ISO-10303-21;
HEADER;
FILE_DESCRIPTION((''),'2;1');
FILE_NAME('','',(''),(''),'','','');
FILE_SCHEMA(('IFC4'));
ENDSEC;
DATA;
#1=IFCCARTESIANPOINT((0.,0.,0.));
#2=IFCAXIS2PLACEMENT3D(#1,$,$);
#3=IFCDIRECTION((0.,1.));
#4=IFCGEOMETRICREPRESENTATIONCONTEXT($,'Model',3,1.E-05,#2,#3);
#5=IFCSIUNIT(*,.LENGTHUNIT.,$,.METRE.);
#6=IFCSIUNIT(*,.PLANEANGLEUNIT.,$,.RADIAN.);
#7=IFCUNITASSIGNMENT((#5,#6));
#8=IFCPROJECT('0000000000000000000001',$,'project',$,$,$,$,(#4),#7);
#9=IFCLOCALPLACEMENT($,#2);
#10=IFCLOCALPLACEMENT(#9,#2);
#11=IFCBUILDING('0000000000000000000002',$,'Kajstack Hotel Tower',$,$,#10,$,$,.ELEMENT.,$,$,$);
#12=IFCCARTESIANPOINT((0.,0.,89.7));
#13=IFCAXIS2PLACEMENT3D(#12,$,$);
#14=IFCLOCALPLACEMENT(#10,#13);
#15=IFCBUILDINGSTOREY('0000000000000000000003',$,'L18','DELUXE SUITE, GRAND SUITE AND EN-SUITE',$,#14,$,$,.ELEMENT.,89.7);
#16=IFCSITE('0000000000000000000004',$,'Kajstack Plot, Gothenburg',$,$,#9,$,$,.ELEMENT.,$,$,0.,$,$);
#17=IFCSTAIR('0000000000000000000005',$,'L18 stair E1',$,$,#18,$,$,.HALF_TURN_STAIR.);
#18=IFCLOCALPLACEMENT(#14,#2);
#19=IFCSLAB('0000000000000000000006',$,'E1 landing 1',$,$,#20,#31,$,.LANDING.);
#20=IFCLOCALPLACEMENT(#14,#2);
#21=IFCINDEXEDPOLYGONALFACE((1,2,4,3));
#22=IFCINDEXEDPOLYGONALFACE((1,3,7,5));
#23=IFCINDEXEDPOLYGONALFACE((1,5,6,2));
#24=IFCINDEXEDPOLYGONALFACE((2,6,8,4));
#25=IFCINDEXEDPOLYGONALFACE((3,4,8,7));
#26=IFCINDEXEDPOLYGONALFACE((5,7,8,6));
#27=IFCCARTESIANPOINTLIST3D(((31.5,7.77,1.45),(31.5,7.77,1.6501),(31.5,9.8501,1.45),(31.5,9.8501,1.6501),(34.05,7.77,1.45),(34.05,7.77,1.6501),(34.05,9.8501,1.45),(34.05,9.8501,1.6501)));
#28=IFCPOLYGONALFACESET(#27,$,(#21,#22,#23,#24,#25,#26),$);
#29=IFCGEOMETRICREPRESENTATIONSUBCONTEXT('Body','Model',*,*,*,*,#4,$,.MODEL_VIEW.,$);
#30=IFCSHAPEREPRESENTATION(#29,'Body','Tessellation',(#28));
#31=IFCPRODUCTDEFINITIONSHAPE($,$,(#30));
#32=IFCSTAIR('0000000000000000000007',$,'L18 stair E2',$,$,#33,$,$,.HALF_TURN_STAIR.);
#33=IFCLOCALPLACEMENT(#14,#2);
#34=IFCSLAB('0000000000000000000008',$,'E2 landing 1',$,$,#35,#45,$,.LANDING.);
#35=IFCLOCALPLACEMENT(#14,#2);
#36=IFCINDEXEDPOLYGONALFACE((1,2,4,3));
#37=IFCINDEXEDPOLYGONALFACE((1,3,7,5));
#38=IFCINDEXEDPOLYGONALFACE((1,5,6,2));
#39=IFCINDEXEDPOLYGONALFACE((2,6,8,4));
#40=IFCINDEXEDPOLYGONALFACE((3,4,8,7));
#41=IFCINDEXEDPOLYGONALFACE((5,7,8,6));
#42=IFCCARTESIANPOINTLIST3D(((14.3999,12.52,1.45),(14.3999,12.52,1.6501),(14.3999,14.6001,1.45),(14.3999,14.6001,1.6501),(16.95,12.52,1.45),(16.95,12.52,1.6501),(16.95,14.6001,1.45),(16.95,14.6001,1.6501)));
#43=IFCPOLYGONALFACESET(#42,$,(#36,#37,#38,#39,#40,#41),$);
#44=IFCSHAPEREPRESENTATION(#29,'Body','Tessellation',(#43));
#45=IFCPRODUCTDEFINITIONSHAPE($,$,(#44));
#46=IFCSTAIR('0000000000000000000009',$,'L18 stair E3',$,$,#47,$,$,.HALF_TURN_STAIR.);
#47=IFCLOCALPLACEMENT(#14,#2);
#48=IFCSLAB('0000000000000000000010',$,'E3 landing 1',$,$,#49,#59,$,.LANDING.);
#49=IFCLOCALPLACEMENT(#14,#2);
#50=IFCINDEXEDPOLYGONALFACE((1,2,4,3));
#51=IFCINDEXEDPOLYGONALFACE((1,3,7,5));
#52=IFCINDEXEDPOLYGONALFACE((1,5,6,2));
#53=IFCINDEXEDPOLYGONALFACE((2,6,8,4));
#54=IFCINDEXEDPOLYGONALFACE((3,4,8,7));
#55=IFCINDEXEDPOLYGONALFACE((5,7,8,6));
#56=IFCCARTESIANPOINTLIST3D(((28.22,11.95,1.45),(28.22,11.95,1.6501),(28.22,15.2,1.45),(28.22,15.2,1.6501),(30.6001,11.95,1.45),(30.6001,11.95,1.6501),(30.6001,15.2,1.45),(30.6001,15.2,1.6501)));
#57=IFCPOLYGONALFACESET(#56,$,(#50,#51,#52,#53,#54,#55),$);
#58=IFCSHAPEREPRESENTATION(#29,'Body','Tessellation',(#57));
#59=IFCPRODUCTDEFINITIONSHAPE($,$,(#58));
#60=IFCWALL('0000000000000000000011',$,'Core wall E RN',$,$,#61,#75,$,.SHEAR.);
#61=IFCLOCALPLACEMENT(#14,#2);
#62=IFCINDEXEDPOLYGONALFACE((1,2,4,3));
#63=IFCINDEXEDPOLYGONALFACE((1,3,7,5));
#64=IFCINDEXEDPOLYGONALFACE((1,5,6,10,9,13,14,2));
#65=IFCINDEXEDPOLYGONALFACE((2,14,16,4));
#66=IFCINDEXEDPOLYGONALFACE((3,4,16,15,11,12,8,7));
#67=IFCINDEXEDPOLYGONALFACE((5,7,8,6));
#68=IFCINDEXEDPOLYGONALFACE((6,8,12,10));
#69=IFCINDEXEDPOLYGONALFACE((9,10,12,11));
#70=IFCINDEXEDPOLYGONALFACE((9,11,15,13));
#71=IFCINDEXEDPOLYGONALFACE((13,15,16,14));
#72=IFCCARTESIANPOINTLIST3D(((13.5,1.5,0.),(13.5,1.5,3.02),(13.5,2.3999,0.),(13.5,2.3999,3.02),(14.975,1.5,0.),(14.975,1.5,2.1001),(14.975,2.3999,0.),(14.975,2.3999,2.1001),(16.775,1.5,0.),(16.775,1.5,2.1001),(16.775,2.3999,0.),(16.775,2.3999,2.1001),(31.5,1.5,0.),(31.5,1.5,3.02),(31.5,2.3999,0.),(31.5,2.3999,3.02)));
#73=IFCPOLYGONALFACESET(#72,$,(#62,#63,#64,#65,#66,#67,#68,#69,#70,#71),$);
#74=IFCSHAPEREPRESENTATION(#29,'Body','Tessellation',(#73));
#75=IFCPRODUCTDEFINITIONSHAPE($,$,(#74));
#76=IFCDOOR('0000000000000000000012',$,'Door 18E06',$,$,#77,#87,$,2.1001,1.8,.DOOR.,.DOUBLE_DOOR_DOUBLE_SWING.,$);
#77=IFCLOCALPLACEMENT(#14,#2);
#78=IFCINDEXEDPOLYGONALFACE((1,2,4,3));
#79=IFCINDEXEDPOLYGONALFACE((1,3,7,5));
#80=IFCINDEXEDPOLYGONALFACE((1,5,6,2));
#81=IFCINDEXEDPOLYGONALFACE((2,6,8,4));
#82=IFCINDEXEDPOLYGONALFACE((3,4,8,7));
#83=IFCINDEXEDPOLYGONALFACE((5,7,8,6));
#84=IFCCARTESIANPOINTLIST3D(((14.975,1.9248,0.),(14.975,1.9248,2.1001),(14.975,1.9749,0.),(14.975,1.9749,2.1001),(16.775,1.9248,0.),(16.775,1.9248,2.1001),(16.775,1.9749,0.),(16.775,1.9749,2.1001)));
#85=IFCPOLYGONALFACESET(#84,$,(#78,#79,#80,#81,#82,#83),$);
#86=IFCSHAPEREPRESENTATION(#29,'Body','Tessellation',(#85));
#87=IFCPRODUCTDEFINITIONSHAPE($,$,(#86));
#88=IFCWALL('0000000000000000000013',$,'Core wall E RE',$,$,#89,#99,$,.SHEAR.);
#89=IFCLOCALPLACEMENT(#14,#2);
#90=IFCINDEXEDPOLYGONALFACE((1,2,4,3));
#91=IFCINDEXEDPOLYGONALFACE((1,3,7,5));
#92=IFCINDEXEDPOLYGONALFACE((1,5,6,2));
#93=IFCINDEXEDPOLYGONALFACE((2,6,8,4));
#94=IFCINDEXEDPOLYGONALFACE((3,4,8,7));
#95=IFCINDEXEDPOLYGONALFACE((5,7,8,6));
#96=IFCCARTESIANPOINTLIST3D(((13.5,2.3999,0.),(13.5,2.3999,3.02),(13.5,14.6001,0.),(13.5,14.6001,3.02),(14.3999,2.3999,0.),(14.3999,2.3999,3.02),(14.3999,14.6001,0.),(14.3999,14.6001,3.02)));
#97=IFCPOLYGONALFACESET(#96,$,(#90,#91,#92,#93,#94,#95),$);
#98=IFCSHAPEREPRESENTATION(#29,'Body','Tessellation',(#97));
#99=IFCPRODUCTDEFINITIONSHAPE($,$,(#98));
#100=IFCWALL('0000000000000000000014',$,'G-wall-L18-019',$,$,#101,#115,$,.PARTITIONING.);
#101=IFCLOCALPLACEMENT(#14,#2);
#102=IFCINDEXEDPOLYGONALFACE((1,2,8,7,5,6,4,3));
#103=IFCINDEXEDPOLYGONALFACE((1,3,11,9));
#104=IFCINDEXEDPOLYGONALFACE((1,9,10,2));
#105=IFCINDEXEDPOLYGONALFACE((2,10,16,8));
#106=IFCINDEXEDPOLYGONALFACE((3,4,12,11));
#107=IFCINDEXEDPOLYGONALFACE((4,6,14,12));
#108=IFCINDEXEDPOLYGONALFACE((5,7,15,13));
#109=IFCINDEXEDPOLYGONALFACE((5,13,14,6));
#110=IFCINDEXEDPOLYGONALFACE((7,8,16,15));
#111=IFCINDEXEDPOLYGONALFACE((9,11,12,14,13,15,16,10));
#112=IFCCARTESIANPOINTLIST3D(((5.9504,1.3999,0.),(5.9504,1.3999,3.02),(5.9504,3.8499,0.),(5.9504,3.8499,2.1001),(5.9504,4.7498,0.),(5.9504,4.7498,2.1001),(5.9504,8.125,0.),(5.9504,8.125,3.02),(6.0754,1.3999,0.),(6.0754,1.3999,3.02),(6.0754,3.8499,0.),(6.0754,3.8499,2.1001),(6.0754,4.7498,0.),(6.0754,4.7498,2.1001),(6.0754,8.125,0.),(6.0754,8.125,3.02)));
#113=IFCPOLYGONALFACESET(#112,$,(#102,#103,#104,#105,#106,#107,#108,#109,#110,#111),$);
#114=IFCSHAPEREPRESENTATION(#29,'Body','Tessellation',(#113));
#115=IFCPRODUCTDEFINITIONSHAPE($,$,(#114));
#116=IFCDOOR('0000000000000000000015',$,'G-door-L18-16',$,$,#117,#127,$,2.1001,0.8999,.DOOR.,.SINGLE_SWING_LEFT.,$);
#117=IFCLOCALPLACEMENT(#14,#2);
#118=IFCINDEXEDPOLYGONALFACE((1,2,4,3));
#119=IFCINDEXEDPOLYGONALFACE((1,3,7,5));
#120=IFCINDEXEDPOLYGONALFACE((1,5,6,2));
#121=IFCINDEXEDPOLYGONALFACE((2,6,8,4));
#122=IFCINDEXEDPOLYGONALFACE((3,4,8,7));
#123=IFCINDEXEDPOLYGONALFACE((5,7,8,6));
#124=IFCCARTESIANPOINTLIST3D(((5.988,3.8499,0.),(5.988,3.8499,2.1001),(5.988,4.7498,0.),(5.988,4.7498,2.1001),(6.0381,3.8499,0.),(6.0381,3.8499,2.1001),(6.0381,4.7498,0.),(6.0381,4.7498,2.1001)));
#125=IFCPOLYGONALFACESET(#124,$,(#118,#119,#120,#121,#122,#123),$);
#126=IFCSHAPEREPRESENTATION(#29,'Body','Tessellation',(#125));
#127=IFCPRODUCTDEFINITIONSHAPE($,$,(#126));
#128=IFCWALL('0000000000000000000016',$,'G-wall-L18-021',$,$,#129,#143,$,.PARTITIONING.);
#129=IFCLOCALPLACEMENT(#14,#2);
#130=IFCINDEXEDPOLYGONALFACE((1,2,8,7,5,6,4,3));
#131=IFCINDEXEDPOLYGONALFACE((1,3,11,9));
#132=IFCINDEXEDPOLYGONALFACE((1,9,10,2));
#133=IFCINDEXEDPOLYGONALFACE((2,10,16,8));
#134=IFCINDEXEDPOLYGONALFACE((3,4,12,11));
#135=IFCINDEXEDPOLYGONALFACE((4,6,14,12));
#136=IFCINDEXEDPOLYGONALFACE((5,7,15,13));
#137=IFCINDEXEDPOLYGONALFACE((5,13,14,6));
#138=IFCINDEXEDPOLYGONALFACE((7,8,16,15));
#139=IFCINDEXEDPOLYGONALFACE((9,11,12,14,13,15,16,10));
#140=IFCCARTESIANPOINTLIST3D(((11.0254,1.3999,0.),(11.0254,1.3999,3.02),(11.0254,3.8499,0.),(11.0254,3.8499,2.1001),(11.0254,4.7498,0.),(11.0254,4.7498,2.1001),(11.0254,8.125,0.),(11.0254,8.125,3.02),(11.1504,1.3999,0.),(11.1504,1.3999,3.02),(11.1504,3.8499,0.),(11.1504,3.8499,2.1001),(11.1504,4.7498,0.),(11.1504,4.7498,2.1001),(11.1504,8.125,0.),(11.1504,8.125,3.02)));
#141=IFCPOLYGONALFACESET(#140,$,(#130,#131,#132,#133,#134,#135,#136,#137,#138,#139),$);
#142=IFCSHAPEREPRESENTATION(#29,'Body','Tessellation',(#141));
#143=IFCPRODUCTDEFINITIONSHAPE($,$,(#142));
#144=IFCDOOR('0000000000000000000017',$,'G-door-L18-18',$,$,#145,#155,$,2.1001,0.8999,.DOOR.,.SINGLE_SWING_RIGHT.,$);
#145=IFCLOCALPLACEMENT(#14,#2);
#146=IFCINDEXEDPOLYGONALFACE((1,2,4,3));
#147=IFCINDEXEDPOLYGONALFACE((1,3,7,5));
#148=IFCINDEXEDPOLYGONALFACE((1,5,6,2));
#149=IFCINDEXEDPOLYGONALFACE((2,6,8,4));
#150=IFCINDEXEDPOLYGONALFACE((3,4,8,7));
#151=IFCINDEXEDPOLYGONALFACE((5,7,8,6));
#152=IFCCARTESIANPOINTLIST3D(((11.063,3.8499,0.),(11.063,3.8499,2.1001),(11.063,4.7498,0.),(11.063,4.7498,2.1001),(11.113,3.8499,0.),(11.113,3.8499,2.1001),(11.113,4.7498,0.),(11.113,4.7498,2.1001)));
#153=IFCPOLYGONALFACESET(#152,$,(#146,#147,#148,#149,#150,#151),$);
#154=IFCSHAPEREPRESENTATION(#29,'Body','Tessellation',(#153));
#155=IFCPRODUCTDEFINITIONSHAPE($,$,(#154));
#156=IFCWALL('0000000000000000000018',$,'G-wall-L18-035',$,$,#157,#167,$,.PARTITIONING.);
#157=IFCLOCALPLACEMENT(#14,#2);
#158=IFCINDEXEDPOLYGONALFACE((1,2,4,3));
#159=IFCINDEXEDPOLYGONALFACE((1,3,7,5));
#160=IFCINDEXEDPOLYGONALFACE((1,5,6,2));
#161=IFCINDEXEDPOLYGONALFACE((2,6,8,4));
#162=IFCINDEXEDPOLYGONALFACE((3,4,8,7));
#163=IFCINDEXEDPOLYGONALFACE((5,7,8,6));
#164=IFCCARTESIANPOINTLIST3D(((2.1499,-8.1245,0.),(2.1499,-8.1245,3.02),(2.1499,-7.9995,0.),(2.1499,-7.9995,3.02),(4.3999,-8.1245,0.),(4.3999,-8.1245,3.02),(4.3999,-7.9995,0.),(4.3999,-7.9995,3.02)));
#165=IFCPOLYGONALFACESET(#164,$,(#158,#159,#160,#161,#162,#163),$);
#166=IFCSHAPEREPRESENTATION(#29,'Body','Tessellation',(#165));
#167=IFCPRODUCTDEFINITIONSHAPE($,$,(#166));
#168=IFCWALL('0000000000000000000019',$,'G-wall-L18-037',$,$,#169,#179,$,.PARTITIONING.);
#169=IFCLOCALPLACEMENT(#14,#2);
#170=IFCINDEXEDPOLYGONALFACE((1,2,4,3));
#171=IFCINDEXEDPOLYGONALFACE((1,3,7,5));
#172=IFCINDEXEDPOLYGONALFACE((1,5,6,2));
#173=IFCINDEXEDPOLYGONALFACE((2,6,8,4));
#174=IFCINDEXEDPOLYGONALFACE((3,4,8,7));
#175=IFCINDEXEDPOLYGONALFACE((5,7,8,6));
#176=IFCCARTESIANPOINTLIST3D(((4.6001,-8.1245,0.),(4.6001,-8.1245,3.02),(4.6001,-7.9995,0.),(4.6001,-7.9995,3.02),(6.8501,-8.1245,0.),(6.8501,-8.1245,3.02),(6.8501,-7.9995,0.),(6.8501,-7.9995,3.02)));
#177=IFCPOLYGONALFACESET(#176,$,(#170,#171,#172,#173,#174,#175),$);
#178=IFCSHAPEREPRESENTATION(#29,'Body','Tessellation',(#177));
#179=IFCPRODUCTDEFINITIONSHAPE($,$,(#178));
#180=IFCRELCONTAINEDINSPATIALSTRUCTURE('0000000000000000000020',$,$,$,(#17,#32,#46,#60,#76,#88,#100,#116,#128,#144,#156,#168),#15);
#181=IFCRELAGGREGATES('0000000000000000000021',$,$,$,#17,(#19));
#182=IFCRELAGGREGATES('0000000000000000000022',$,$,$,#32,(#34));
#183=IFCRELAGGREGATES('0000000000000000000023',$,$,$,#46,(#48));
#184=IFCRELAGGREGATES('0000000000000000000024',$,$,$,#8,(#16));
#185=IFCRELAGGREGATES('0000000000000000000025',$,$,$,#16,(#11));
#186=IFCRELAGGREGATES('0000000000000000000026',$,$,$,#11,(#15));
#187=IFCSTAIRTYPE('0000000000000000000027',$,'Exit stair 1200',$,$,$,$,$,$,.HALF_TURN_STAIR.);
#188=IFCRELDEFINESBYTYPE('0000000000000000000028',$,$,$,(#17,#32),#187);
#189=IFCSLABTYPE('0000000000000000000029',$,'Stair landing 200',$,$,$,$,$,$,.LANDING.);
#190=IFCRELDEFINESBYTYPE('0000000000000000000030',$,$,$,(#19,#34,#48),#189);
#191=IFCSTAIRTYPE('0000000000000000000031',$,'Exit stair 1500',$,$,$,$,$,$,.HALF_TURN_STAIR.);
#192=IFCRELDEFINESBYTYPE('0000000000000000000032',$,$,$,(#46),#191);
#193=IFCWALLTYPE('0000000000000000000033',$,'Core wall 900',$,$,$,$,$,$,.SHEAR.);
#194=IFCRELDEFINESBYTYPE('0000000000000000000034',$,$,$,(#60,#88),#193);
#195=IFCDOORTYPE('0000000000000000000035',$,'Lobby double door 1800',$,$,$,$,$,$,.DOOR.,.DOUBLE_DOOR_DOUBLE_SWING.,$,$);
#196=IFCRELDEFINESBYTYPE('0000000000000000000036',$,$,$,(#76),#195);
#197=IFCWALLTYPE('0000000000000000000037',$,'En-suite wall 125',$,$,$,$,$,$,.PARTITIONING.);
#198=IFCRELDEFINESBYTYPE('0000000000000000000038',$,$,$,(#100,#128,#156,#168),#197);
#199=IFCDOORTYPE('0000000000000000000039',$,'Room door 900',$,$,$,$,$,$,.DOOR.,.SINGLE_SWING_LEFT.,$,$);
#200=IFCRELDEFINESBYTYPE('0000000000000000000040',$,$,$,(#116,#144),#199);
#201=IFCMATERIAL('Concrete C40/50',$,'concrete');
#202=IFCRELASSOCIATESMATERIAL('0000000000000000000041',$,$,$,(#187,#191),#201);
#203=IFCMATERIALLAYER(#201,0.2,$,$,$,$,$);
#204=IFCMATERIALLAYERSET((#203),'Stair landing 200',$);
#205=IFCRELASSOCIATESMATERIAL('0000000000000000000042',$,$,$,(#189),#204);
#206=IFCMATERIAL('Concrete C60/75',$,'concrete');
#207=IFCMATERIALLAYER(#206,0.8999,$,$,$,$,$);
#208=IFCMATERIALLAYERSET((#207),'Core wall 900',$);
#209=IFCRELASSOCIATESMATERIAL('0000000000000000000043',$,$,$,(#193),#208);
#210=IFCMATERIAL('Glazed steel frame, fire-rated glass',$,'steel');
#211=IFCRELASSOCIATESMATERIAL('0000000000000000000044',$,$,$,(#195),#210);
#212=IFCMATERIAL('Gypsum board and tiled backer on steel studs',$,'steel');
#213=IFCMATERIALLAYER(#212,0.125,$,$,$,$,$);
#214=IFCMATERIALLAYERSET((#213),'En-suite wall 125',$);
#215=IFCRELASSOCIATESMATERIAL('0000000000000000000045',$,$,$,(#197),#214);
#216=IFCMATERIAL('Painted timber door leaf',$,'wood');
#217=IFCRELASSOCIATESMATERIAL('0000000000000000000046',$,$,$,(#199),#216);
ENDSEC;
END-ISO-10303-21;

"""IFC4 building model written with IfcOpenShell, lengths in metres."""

from ifc_helpers import new_model, si_unit, direction, frame, frame_2d, origin, place, context, subcontext, project, spatial, polyline, rectangle, outline, extrude, material, layer, layer_set, type_object, element, fill, aggregate, save


model = new_model("IFC4")

# Units and contexts
model_context = context("Model", 3, precision=1e-05, world=origin(), true_north=direction((0.0, 1.0)))
body_context = subcontext(model_context, "Body", "Model", "MODEL_VIEW")
ifc_project = project(units=[si_unit("LENGTHUNIT", "METRE"), si_unit("PLANEANGLEUNIT", "RADIAN")], contexts=[model_context])

# Site, building, storey
site_placement = place(None, origin())
site = spatial("IfcSite", under=ifc_project, at=site_placement, Name="Kajstack Plot, Gothenburg", CompositionType="ELEMENT", RefElevation=0.0)
building_placement = place(site_placement, origin())
building = spatial("IfcBuilding", under=site, at=building_placement, Name="Kajstack Hotel Tower", CompositionType="ELEMENT")
storey_placement = place(building_placement, frame((0.0, 0.0, 89.7)))
storey = spatial("IfcBuildingStorey", under=building, at=storey_placement, Name="L18", Description="DELUXE SUITE, GRAND SUITE AND EN-SUITE", CompositionType="ELEMENT", Elevation=89.7)

# Stairs, slabs
ifc_material_1 = material(Name="Concrete C40/50", Category="concrete")
stair_type_1 = type_object("IfcStairType", Name="Exit stair 1200", PredefinedType="HALF_TURN_STAIR", material=ifc_material_1)
stair_1_placement = place(storey_placement, origin())
stair_1 = element("IfcStair", 1, at=stair_1_placement, inside=storey, type_object=stair_type_1, Name="L18 stair E1", PredefinedType="HALF_TURN_STAIR")
ifc_layer_1 = layer(ifc_material_1, 0.2)
ifc_layer_set_1 = layer_set([ifc_layer_1], Name="Stair landing 200")
slab_type = type_object("IfcSlabType", Name="Stair landing 200", PredefinedType="LANDING", material=ifc_layer_set_1)
slab_1_placement = place(storey_placement, frame((0.0, 0.0, 1.45)))
slab_1 = element("IfcSlab", 2, at=slab_1_placement, type_object=slab_type, Name="E1 landing 1", PredefinedType="LANDING", context=body_context, shape_type="SweptSolid", body=[
    extrude(outline(polyline([(34.05, 7.77), (34.05, 9.8501), (31.5, 9.8501), (31.5, 7.77), (34.05, 7.77)])), origin(), (0.0, 0.0, 1.0), 0.2002),
])
aggregate(stair_1, [slab_1])
stair_2_placement = place(storey_placement, origin())
stair_2 = element("IfcStair", 3, at=stair_2_placement, inside=storey, type_object=stair_type_1, Name="L18 stair E2", PredefinedType="HALF_TURN_STAIR")
slab_2_placement = place(storey_placement, frame((0.0, 0.0, 1.45)))
slab_2 = element("IfcSlab", 4, at=slab_2_placement, type_object=slab_type, Name="E2 landing 1", PredefinedType="LANDING", context=body_context, shape_type="SweptSolid", body=[
    extrude(outline(polyline([(16.95, 12.52), (16.95, 14.6001), (14.3999, 14.6001), (14.3999, 12.52), (16.95, 12.52)])), origin(), (0.0, 0.0, 1.0), 0.2002),
])
aggregate(stair_2, [slab_2])
stair_type_2 = type_object("IfcStairType", Name="Exit stair 1500", PredefinedType="HALF_TURN_STAIR", material=ifc_material_1)
stair_3_placement = place(storey_placement, origin())
stair_3 = element("IfcStair", 5, at=stair_3_placement, inside=storey, type_object=stair_type_2, Name="L18 stair E3", PredefinedType="HALF_TURN_STAIR")
slab_3_placement = place(storey_placement, frame((0.0, 0.0, 1.45)))
slab_3 = element("IfcSlab", 6, at=slab_3_placement, type_object=slab_type, Name="E3 landing 1", PredefinedType="LANDING", context=body_context, shape_type="SweptSolid", body=[
    extrude(outline(polyline([(28.22, 11.95), (30.6001, 11.95), (30.6001, 15.2), (28.22, 15.2), (28.22, 11.95)])), origin(), (0.0, 0.0, 1.0), 0.2002),
])
aggregate(stair_3, [slab_3])

# Wall, opening, door
ifc_material_2 = material(Name="Concrete C60/75", Category="concrete")
ifc_layer_2 = layer(ifc_material_2, 0.8999)
ifc_layer_set_2 = layer_set([ifc_layer_2], Name="Core wall 900")
wall_type_1 = type_object("IfcWallType", Name="Core wall 900", PredefinedType="SHEAR", material=ifc_layer_set_2)
wall_1_placement = place(storey_placement, frame((13.5, 1.95, 0.0), z_axis=(0.0, 0.0, 1.0), x_axis=(1.0, 0.0, 0.0)))
wall_1 = element("IfcWall", 7, at=wall_1_placement, inside=storey, type_object=wall_type_1, Name="Core wall E RN", PredefinedType="SHEAR", context=body_context, shape_type="SweptSolid", body=[
    extrude(rectangle(XDim=18.0, YDim=0.8999, at=frame_2d((9.0, 0.0))), origin(), (0.0, 0.0, 1.0), 3.02),
])
opening_1_placement = place(wall_1_placement, frame((1.4751, 0.0, 0.0)))
opening_1 = element("IfcOpeningElement", 8, at=opening_1_placement, cuts=wall_1, PredefinedType="OPENING", context=body_context, shape_type="SweptSolid", body=[
    extrude(rectangle(XDim=1.8, YDim=2.1001, at=frame_2d((0.8999, 1.05))), frame((0.0, 0.46, 0.0), z_axis=(0.0, -1.0, 0.0), x_axis=(1.0, 0.0, 0.0)), (0.0, 0.0, 1.0), 0.9199),
])
ifc_material_3 = material(Name="Glazed steel frame, fire-rated glass", Category="steel")
door_type_1 = type_object("IfcDoorType", Name="Lobby double door 1800", OperationType="DOUBLE_DOOR_DOUBLE_SWING", PredefinedType="DOOR", material=ifc_material_3)
door_1_placement = place(opening_1_placement, origin())
door_1 = element("IfcDoor", 9, at=door_1_placement, inside=storey, type_object=door_type_1, Name="Door 18E06", OperationType="DOUBLE_DOOR_DOUBLE_SWING", OverallHeight=2.1001, OverallWidth=1.8, PredefinedType="DOOR", context=body_context, shape_type="SweptSolid", body=[
    extrude(rectangle(XDim=1.8, YDim=2.1001, at=frame_2d((0.8999, 1.05))), frame((0.0, 0.0249, 0.0), z_axis=(0.0, -1.0, 0.0), x_axis=(1.0, 0.0, 0.0)), (0.0, 0.0, 1.0), 0.05),
])
fill(opening_1, door_1)

# Wall
wall_2_placement = place(storey_placement, frame((13.95, 2.3999, 0.0), z_axis=(0.0, 0.0, 1.0), x_axis=(0.0, 1.0, 0.0)))
element("IfcWall", 10, at=wall_2_placement, inside=storey, type_object=wall_type_1, Name="Core wall E RE", PredefinedType="SHEAR", context=body_context, shape_type="SweptSolid", body=[
    extrude(rectangle(XDim=12.2002, YDim=0.8999, at=frame_2d((6.1001, 0.0))), origin(), (0.0, 0.0, 1.0), 3.02),
])

# Walls, openings, doors
ifc_material_4 = material(Name="Gypsum board and tiled backer on steel studs", Category="steel")
ifc_layer_3 = layer(ifc_material_4, 0.125)
ifc_layer_set_3 = layer_set([ifc_layer_3], Name="En-suite wall 125")
wall_type_2 = type_object("IfcWallType", Name="En-suite wall 125", PredefinedType="PARTITIONING", material=ifc_layer_set_3)
wall_3_placement = place(storey_placement, frame((6.0129, 1.3999, 0.0), z_axis=(0.0, 0.0, 1.0), x_axis=(0.0, 1.0, 0.0)))
wall_3 = element("IfcWall", 11, at=wall_3_placement, inside=storey, type_object=wall_type_2, Name="G-wall-L18-019", PredefinedType="PARTITIONING", context=body_context, shape_type="SweptSolid", body=[
    extrude(rectangle(XDim=6.7251, YDim=0.125, at=frame_2d((3.3625, 0.0))), origin(), (0.0, 0.0, 1.0), 3.02),
])
opening_2_placement = place(wall_3_placement, frame((2.45, 0.0, 0.0)))
opening_2 = element("IfcOpeningElement", 12, at=opening_2_placement, cuts=wall_3, PredefinedType="OPENING", context=body_context, shape_type="SweptSolid", body=[
    extrude(rectangle(XDim=0.8999, YDim=2.1001, at=frame_2d((0.45, 1.05))), frame((0.0, 0.0725, 0.0), z_axis=(0.0, -1.0, 0.0), x_axis=(1.0, 0.0, 0.0)), (0.0, 0.0, 1.0), 0.145),
])
ifc_material_5 = material(Name="Painted timber door leaf", Category="wood")
door_type_2 = type_object("IfcDoorType", Name="Room door 900", OperationType="SINGLE_SWING_LEFT", PredefinedType="DOOR", material=ifc_material_5)
door_2_placement = place(opening_2_placement, origin())
door_2 = element("IfcDoor", 13, at=door_2_placement, inside=storey, type_object=door_type_2, Name="G-door-L18-16", OperationType="SINGLE_SWING_LEFT", OverallHeight=2.1001, OverallWidth=0.8999, PredefinedType="DOOR", context=body_context, shape_type="SweptSolid", body=[
    extrude(rectangle(XDim=0.8999, YDim=2.1001, at=frame_2d((0.45, 1.05))), frame((0.0, 0.0249, 0.0), z_axis=(0.0, -1.0, 0.0), x_axis=(1.0, 0.0, 0.0)), (0.0, 0.0, 1.0), 0.05),
])
fill(opening_2, door_2)
wall_4_placement = place(storey_placement, frame((11.0879, 1.3999, 0.0), z_axis=(0.0, 0.0, 1.0), x_axis=(0.0, 1.0, 0.0)))
wall_4 = element("IfcWall", 14, at=wall_4_placement, inside=storey, type_object=wall_type_2, Name="G-wall-L18-021", PredefinedType="PARTITIONING", context=body_context, shape_type="SweptSolid", body=[
    extrude(rectangle(XDim=6.7251, YDim=0.125, at=frame_2d((3.3625, 0.0))), origin(), (0.0, 0.0, 1.0), 3.02),
])
opening_3_placement = place(wall_4_placement, frame((2.45, 0.0, 0.0)))
opening_3 = element("IfcOpeningElement", 15, at=opening_3_placement, cuts=wall_4, PredefinedType="OPENING", context=body_context, shape_type="SweptSolid", body=[
    extrude(rectangle(XDim=0.8999, YDim=2.1001, at=frame_2d((0.45, 1.05))), frame((0.0, 0.0725, 0.0), z_axis=(0.0, -1.0, 0.0), x_axis=(1.0, 0.0, 0.0)), (0.0, 0.0, 1.0), 0.145),
])
door_3_placement = place(opening_3_placement, origin())
door_3 = element("IfcDoor", 16, at=door_3_placement, inside=storey, type_object=door_type_2, Name="G-door-L18-18", OperationType="SINGLE_SWING_RIGHT", OverallHeight=2.1001, OverallWidth=0.8999, PredefinedType="DOOR", context=body_context, shape_type="SweptSolid", body=[
    extrude(rectangle(XDim=0.8999, YDim=2.1001, at=frame_2d((0.45, 1.05))), frame((0.0, 0.0249, 0.0), z_axis=(0.0, -1.0, 0.0), x_axis=(1.0, 0.0, 0.0)), (0.0, 0.0, 1.0), 0.05),
])
fill(opening_3, door_3)

# Walls
for number, where, z_axis, x_axis, name in (
    (17, (2.1499, -8.062, 0.0), (0.0, 0.0, 1.0), (1.0, 0.0, 0.0), "G-wall-L18-035"),
    (18, (4.6001, -8.062, 0.0), (0.0, 0.0, 1.0), (1.0, 0.0, 0.0), "G-wall-L18-037"),
):
    element("IfcWall", number, at=place(storey_placement, frame(where, z_axis=z_axis, x_axis=x_axis)), inside=storey, type_object=wall_type_2, Name=name, PredefinedType="PARTITIONING", context=body_context, shape_type="SweptSolid", body=[
        extrude(rectangle(XDim=2.25, YDim=0.125, at=frame_2d((1.125, 0.0))), origin(), (0.0, 0.0, 1.0), 3.02),
    ])

save(model, "model.ifc")
